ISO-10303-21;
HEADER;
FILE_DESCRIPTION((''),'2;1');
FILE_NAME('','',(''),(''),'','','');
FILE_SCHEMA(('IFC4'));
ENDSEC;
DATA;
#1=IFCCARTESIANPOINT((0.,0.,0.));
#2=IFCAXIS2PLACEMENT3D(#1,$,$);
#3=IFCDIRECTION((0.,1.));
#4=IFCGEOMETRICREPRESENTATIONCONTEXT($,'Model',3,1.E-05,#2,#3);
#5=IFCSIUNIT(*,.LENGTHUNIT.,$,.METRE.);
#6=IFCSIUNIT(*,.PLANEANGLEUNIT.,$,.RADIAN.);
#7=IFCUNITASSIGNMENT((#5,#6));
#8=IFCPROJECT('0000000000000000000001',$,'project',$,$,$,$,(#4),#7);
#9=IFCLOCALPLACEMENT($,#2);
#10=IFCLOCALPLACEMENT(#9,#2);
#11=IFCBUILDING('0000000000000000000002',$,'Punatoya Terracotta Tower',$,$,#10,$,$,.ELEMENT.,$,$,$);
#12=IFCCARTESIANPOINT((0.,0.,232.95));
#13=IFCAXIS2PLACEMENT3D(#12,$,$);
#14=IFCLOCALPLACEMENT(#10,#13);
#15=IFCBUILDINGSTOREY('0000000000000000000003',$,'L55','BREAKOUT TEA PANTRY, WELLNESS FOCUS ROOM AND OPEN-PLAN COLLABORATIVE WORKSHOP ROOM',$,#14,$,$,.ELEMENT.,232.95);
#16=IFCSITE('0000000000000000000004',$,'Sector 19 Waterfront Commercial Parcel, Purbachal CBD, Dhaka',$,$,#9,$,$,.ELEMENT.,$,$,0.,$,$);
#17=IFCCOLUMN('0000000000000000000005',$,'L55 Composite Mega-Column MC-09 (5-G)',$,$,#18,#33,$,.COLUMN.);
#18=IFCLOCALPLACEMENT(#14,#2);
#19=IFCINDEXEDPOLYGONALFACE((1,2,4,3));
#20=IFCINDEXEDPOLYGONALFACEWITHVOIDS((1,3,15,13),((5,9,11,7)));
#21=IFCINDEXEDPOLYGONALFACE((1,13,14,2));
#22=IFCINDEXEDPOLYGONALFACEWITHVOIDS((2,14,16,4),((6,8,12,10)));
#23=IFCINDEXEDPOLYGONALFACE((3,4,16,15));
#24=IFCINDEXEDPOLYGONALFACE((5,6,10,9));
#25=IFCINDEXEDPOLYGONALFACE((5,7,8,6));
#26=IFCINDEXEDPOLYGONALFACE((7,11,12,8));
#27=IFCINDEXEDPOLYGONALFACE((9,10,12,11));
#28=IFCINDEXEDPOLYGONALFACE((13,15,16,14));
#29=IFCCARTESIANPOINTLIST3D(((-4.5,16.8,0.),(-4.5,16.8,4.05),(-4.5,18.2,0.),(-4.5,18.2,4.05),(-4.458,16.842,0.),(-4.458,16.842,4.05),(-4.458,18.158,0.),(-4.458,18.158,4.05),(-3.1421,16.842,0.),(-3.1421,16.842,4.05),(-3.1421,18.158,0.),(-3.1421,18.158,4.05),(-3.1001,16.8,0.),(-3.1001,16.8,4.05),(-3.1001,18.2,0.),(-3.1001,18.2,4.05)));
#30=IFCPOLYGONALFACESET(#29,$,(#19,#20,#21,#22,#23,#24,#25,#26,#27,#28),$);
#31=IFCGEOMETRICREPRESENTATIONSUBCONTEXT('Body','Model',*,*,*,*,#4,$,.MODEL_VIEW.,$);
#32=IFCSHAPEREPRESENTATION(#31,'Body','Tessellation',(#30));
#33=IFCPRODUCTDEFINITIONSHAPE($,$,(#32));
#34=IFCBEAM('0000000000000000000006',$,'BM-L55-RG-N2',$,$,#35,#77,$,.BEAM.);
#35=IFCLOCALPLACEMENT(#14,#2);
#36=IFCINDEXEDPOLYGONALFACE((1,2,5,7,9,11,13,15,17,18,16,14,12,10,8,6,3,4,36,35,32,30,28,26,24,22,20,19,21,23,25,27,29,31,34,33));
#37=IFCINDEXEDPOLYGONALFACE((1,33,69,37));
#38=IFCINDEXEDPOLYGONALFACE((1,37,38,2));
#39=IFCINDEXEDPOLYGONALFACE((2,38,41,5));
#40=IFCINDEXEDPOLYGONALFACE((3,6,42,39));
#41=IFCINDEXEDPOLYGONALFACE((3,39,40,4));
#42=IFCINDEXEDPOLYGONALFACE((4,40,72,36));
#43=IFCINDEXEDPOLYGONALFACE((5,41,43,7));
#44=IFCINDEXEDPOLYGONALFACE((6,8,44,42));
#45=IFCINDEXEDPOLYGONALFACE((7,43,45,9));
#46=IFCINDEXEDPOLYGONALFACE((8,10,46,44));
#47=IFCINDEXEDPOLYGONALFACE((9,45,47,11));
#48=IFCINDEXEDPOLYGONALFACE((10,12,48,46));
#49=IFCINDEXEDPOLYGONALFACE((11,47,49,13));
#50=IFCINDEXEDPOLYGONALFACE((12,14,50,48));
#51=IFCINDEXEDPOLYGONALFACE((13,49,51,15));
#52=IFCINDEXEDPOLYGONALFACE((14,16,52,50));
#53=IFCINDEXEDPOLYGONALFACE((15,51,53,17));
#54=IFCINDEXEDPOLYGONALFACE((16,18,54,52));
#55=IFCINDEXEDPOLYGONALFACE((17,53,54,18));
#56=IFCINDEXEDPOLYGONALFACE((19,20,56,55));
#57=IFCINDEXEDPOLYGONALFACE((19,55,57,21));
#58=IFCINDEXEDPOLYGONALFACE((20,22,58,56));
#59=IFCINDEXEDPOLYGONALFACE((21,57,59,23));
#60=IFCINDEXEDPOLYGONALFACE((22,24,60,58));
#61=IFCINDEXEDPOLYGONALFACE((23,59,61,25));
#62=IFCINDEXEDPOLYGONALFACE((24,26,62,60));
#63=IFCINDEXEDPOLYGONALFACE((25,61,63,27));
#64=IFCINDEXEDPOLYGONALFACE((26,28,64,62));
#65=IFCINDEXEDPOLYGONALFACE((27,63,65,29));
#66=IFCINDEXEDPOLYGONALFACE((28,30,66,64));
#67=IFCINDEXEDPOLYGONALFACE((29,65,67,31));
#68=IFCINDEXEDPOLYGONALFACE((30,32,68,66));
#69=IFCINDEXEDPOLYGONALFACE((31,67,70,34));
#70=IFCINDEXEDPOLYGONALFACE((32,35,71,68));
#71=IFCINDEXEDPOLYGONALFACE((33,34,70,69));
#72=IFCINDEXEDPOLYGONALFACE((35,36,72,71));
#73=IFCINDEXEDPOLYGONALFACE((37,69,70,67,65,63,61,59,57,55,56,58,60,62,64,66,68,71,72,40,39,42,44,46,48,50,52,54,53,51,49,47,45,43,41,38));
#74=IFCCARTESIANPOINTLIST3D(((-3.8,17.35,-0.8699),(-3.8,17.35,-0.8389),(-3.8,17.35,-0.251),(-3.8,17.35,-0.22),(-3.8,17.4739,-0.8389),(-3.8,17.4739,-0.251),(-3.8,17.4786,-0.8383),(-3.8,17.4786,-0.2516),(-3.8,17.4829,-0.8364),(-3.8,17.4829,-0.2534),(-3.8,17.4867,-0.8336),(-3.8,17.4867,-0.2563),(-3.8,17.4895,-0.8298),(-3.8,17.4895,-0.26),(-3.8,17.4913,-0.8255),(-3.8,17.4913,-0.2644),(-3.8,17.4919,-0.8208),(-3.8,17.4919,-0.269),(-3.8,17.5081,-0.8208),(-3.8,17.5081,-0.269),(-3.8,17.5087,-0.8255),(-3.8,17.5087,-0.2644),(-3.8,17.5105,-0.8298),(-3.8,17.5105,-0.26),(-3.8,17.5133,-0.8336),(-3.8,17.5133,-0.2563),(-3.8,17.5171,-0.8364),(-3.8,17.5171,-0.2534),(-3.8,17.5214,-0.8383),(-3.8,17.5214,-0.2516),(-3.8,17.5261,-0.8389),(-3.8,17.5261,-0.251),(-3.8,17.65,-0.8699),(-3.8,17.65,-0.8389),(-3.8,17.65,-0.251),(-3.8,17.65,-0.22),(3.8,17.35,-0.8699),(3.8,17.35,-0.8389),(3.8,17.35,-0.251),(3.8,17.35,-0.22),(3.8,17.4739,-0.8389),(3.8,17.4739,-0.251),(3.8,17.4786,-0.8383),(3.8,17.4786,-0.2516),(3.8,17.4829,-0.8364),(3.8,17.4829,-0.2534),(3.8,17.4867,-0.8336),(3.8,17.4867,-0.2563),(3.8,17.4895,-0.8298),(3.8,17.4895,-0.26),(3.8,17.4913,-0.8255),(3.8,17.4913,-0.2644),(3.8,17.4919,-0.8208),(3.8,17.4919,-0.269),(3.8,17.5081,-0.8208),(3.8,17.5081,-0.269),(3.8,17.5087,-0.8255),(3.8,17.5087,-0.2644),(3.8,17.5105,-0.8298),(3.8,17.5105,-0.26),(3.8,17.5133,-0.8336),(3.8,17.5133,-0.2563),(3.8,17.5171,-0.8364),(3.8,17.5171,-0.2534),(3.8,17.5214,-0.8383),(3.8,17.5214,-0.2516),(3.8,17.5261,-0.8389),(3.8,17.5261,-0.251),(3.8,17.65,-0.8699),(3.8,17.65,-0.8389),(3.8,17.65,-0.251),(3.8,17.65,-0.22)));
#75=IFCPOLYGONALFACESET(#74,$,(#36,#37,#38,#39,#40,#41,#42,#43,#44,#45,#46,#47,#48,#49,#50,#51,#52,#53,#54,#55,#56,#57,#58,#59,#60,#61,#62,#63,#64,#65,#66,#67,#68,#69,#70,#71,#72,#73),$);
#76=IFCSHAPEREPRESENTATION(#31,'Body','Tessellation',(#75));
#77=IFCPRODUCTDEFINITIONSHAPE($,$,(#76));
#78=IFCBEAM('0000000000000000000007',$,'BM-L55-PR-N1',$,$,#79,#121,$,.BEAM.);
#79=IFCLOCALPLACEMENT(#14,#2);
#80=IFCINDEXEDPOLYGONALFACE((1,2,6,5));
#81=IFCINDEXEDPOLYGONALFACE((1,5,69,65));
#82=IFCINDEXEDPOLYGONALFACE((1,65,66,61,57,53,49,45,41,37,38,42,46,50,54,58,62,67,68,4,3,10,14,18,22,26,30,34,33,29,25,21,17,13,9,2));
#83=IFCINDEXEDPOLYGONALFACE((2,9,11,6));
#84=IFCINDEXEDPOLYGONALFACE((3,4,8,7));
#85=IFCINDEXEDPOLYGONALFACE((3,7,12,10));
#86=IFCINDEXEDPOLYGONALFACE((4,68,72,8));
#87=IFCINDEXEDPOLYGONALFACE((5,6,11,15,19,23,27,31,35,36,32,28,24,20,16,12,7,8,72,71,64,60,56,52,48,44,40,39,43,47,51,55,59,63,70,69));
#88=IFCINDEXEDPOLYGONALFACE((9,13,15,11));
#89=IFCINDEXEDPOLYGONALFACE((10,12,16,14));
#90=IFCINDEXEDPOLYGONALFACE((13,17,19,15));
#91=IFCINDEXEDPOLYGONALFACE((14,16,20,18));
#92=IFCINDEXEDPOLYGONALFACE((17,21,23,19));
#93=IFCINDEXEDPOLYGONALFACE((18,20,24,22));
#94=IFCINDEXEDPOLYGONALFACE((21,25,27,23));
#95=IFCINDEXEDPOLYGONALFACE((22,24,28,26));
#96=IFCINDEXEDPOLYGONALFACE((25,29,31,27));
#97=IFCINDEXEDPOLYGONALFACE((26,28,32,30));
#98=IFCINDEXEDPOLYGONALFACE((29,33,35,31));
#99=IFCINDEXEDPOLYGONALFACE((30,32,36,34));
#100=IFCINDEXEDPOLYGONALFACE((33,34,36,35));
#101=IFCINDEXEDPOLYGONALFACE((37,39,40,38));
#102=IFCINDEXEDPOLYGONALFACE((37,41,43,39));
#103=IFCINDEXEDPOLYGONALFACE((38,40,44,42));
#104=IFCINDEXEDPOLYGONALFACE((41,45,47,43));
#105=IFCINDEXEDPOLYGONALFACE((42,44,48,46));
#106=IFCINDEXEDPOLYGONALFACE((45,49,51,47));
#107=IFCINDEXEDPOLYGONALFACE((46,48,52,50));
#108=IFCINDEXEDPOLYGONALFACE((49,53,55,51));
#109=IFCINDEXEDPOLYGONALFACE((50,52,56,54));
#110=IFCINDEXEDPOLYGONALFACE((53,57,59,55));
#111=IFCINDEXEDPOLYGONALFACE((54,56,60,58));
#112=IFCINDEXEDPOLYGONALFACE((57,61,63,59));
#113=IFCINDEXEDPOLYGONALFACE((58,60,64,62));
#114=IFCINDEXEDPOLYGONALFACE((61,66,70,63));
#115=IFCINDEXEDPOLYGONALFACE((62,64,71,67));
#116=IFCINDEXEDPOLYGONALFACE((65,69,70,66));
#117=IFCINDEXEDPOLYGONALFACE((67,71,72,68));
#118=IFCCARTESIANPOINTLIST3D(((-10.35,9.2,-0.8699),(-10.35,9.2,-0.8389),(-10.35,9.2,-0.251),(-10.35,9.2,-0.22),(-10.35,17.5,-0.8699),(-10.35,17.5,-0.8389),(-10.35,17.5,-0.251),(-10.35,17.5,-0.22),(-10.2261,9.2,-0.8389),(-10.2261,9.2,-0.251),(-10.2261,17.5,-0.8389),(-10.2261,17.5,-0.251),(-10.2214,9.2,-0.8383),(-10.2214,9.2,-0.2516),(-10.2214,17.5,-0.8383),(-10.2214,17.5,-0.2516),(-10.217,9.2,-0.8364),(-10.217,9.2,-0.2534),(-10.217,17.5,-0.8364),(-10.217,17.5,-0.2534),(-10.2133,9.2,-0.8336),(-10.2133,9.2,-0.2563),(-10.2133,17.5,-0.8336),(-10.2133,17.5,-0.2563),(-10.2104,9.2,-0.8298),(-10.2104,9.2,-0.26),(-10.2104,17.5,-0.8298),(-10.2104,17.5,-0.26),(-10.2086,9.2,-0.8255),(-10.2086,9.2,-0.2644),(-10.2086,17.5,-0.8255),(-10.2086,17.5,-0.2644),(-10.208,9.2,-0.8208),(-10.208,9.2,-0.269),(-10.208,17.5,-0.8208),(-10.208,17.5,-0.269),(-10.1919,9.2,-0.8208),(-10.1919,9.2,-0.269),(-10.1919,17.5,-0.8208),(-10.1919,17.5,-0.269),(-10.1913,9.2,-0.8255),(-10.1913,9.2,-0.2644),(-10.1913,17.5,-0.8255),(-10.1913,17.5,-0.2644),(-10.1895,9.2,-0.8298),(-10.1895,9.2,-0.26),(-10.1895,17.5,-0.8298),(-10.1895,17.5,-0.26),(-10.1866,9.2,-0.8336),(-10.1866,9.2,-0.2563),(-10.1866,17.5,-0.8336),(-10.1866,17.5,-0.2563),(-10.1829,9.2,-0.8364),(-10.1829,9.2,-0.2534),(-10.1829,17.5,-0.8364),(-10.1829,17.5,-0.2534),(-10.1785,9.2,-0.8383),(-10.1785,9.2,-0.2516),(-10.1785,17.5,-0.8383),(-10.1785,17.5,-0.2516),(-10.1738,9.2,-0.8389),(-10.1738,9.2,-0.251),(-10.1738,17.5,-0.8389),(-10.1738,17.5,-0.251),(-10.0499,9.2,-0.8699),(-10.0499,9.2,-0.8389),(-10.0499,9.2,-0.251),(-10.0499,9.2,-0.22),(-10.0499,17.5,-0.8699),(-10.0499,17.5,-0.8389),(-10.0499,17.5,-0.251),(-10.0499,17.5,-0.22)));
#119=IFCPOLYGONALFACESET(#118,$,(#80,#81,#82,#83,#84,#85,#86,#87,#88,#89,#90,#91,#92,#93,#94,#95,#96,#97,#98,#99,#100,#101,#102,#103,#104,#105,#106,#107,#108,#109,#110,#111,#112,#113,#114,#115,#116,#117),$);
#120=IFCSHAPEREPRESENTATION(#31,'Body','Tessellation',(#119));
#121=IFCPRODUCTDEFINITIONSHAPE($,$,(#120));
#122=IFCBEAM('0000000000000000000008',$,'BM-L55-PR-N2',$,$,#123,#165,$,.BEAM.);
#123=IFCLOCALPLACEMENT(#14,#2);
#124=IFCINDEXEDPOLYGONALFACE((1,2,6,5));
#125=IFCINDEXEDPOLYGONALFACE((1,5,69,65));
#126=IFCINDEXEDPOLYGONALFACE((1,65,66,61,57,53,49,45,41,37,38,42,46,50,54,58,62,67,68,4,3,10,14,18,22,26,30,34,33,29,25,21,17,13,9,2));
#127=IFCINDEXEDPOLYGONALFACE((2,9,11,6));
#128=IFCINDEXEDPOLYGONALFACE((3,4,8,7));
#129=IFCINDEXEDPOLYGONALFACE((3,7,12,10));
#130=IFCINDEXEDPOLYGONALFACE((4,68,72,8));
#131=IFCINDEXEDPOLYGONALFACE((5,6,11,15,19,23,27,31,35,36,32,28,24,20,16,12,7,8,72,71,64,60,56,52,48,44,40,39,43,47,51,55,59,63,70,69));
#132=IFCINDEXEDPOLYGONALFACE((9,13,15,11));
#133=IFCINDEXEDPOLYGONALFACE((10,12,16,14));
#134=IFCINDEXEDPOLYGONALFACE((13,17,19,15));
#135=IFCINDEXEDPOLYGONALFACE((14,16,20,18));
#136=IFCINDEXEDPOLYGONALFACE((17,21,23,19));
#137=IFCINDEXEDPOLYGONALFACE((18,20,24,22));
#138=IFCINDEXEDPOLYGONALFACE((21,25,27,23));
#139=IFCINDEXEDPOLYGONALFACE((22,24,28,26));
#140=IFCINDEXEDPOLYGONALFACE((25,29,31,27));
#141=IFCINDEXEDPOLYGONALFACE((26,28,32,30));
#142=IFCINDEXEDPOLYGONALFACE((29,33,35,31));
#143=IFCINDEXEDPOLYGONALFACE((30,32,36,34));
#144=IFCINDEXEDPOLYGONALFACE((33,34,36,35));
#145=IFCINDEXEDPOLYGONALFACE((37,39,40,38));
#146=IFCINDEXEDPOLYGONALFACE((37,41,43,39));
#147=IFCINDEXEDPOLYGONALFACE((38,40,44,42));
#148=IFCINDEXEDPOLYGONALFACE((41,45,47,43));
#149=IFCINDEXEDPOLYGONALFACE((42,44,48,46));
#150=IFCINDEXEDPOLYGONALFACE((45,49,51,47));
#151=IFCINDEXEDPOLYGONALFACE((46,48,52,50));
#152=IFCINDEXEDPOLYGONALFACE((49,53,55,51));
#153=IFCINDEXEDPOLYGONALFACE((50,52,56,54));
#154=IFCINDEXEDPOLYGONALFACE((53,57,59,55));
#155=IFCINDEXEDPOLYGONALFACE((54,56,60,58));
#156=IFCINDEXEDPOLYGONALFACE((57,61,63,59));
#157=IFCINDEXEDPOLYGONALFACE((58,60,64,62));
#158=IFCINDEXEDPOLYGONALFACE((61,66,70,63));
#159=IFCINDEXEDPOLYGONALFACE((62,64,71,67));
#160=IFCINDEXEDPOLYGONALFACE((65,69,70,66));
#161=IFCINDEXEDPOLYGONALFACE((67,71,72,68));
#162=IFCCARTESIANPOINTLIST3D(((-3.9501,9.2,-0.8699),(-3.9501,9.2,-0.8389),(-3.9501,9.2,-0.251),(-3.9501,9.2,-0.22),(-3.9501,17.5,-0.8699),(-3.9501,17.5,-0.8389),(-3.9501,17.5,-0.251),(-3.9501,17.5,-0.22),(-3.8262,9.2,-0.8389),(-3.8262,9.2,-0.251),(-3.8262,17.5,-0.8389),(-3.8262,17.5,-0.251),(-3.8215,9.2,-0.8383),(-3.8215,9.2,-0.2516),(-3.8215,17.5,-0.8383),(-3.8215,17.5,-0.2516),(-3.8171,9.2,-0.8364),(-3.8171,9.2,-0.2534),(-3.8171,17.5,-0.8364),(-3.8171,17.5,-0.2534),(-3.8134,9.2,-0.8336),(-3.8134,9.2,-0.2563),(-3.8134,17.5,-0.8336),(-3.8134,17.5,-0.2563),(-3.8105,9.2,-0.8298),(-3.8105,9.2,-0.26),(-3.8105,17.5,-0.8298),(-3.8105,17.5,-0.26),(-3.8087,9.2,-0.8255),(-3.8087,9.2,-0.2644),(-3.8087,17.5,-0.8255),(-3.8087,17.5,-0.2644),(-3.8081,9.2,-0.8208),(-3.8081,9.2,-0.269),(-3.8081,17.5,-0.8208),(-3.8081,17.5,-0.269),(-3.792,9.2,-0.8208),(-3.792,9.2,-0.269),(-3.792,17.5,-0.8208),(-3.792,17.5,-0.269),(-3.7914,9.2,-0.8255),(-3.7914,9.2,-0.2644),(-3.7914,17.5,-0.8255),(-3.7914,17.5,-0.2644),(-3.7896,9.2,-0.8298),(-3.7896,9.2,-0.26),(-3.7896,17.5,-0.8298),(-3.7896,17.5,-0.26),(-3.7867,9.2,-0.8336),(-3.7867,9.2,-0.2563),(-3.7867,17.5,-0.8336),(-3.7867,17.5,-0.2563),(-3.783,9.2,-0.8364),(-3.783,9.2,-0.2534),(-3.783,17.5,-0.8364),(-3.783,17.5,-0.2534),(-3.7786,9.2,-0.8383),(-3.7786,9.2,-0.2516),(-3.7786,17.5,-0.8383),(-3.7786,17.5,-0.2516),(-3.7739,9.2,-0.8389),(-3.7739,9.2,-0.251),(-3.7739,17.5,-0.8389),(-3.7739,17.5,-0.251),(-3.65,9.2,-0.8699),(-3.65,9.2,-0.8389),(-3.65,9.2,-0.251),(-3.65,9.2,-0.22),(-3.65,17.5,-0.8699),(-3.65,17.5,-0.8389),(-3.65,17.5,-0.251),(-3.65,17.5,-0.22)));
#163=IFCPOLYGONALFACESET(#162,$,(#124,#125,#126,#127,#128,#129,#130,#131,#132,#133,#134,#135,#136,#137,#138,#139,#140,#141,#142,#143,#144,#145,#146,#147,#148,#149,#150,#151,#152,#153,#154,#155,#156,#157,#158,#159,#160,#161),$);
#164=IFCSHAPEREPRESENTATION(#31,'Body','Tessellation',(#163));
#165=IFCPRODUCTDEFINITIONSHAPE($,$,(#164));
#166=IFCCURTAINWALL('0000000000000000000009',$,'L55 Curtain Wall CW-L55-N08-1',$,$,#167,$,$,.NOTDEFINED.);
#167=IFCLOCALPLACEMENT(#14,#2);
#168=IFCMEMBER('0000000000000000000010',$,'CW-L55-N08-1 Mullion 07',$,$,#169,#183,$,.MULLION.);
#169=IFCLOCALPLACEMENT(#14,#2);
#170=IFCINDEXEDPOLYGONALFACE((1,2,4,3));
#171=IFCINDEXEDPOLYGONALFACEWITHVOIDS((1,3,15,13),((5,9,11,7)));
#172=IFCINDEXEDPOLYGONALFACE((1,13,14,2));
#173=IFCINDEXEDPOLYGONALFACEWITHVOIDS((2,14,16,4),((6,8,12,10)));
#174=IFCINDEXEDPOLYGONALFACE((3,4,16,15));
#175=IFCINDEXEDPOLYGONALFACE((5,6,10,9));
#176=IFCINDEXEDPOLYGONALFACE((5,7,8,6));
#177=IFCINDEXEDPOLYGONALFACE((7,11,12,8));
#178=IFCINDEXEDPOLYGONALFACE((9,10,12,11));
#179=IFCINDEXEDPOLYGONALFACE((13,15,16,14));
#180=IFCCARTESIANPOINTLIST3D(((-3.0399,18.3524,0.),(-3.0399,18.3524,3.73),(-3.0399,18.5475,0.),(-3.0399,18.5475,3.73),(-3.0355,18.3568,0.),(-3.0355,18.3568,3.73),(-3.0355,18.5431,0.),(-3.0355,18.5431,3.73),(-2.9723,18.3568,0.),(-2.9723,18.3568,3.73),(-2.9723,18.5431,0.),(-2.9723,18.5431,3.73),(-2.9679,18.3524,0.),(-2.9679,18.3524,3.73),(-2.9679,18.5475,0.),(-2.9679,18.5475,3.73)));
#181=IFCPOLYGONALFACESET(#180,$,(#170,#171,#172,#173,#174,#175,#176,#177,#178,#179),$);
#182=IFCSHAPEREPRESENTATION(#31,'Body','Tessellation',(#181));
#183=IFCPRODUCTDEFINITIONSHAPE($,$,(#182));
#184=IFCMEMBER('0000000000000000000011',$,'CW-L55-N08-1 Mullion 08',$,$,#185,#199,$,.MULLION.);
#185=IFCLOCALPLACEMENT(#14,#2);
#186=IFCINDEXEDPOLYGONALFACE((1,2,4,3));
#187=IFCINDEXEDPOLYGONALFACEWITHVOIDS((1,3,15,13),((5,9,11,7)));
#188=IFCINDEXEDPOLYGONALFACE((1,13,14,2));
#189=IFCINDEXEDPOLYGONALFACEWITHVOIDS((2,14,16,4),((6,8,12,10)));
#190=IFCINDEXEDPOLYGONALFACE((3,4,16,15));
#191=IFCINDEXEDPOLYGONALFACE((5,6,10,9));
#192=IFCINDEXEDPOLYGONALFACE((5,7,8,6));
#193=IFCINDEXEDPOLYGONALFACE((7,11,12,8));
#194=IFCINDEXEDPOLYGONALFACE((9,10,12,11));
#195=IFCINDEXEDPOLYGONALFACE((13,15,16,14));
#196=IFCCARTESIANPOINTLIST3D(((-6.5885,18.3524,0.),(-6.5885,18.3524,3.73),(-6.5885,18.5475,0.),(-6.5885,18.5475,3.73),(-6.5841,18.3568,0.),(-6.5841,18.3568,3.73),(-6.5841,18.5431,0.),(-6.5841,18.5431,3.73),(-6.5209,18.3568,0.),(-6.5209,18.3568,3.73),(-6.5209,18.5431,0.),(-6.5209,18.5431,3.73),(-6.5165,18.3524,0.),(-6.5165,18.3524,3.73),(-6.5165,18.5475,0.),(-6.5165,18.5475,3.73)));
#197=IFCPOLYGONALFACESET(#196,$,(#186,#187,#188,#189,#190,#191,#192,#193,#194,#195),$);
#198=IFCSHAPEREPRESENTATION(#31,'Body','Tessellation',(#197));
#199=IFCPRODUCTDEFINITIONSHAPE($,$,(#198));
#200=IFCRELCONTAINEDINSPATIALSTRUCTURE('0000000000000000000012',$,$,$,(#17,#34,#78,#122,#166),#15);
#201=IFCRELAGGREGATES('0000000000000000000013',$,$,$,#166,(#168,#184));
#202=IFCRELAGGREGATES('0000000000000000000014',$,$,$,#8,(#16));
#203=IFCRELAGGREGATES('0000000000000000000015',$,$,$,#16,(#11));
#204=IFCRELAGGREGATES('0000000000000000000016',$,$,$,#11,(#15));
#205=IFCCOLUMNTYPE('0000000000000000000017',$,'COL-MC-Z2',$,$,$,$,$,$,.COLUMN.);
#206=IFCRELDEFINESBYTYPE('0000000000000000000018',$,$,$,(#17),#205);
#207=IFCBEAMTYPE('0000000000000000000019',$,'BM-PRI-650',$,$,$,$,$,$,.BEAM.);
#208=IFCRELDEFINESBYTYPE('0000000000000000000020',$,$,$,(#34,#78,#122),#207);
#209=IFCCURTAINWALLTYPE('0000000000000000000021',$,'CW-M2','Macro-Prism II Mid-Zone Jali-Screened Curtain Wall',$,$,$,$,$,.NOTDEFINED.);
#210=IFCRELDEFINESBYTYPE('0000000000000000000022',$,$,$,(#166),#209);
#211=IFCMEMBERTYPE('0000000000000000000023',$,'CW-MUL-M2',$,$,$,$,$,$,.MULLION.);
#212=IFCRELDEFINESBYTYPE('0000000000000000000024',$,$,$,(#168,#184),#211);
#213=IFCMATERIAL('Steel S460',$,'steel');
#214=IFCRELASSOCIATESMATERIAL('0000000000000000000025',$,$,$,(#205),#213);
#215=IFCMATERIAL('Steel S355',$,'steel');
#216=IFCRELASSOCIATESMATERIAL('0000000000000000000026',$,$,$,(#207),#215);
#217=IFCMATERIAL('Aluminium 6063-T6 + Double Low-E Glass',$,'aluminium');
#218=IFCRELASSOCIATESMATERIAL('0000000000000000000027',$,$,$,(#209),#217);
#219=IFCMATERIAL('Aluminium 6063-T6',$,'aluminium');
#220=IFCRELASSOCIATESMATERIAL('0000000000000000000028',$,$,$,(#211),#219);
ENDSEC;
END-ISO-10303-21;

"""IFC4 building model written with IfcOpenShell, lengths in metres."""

from ifc_helpers import new_model, si_unit, direction, frame, origin, origin_2d, place, context, subcontext, project, spatial, hollow_rectangle, i_section, extrude, material, material_profile, profile_set, type_object, element, aggregate, save


model = new_model("IFC4")

# Units and contexts
model_context = context("Model", 3, precision=1e-05, world=origin(), true_north=direction((0.0, 1.0)))
body_context = subcontext(model_context, "Body", "Model", "MODEL_VIEW")
ifc_project = project(units=[si_unit("LENGTHUNIT", "METRE"), si_unit("PLANEANGLEUNIT", "RADIAN")], contexts=[model_context])

# Site, building, storey
site_placement = place(None, origin())
site = spatial("IfcSite", under=ifc_project, at=site_placement, Name="Sector 19 Waterfront Commercial Parcel, Purbachal CBD, Dhaka", CompositionType="ELEMENT", RefElevation=0.0)
building_placement = place(site_placement, origin())
building = spatial("IfcBuilding", under=site, at=building_placement, Name="Punatoya Terracotta Tower", CompositionType="ELEMENT")
storey_placement = place(building_placement, frame((0.0, 0.0, 232.95)))
storey = spatial("IfcBuildingStorey", under=building, at=storey_placement, Name="L55", Description="BREAKOUT TEA PANTRY, WELLNESS FOCUS ROOM AND OPEN-PLAN COLLABORATIVE WORKSHOP ROOM", CompositionType="ELEMENT", Elevation=232.95)

# Column
ifc_material_1 = material(Name="Steel S460", Category="steel")
ifc_material_profile_1 = material_profile(ifc_material_1, hollow_rectangle(XDim=1.3999, YDim=1.3999, WallThickness=0.042, at=origin_2d()))
ifc_profile_set_1 = profile_set([ifc_material_profile_1], Name="Steel S460")
column_type = type_object("IfcColumnType", Name="COL-MC-Z2", PredefinedType="COLUMN", material=ifc_profile_set_1)
column_placement = place(storey_placement, frame((-3.8, 17.5, 0.0), z_axis=(0.0, 0.0, 1.0), x_axis=(1.0, 0.0, 0.0)))
element("IfcColumn", 1, at=column_placement, inside=storey, type_object=column_type, Name="L55 Composite Mega-Column MC-09 (5-G)", PredefinedType="COLUMN", context=body_context, shape_type="SweptSolid", body=[
    extrude(hollow_rectangle(XDim=1.3999, YDim=1.3999, WallThickness=0.042, at=origin_2d()), origin(), (0.0, 0.0, 1.0), 4.05),
])

# Beams
ifc_material_2 = material(Name="Steel S355", Category="steel")
ifc_material_profile_2 = material_profile(ifc_material_2, i_section(OverallWidth=0.3, OverallDepth=0.6499, WebThickness=0.0161, FlangeThickness=0.031, FilletRadius=0.0181, at=origin_2d()))
ifc_profile_set_2 = profile_set([ifc_material_profile_2], Name="Steel S355")
beam_type = type_object("IfcBeamType", Name="BM-PRI-650", PredefinedType="BEAM", material=ifc_profile_set_2)
beam_placement = place(storey_placement, frame((-3.8, 17.5, -0.5449), z_axis=(1.0, 0.0, 0.0), x_axis=(0.0, 1.0, 0.0)))
element("IfcBeam", 2, at=beam_placement, inside=storey, type_object=beam_type, Name="BM-L55-RG-N2", PredefinedType="BEAM", context=body_context, shape_type="SweptSolid", body=[
    extrude(i_section(OverallWidth=0.3, OverallDepth=0.6499, WebThickness=0.0161, FlangeThickness=0.031, FilletRadius=0.0181, at=origin_2d()), origin(), (0.0, 0.0, 1.0), 7.6001),
])
for number, where, z_axis, x_axis, name in (
    (3, (-10.2, 9.2, -0.5449), (0.0, 1.0, 0.0), (-1.0, 0.0, 0.0), "BM-L55-PR-N1"),
    (4, (-3.8, 9.2, -0.5449), (0.0, 1.0, 0.0), (-1.0, 0.0, 0.0), "BM-L55-PR-N2"),
):
    element("IfcBeam", number, at=place(storey_placement, frame(where, z_axis=z_axis, x_axis=x_axis)), inside=storey, type_object=beam_type, Name=name, PredefinedType="BEAM", context=body_context, shape_type="SweptSolid", body=[
        extrude(i_section(OverallWidth=0.3, OverallDepth=0.6499, WebThickness=0.0161, FlangeThickness=0.031, FilletRadius=0.0181, at=origin_2d()), origin(), (0.0, 0.0, 1.0), 8.3),
    ])

# Curtain wall, members
ifc_material_3 = material(Name="Aluminium 6063-T6 + Double Low-E Glass", Category="aluminium")
curtain_wall_type = type_object("IfcCurtainWallType", Name="CW-M2", Description="Macro-Prism II Mid-Zone Jali-Screened Curtain Wall", PredefinedType="NOTDEFINED", material=ifc_material_3)
curtain_wall_placement = place(storey_placement, origin())
curtain_wall = element("IfcCurtainWall", 5, at=curtain_wall_placement, inside=storey, type_object=curtain_wall_type, Name="L55 Curtain Wall CW-L55-N08-1", PredefinedType="NOTDEFINED")
ifc_material_4 = material(Name="Aluminium 6063-T6", Category="aluminium")
ifc_material_profile_3 = material_profile(ifc_material_4, hollow_rectangle(XDim=0.072, YDim=0.1951, WallThickness=0.0044, at=origin_2d()))
ifc_profile_set_3 = profile_set([ifc_material_profile_3], Name="Aluminium 6063-T6")
member_type = type_object("IfcMemberType", Name="CW-MUL-M2", PredefinedType="MULLION", material=ifc_profile_set_3)
member_1_placement = place(storey_placement, frame((-3.0039, 18.45, 0.0), z_axis=(0.0, 0.0, 1.0), x_axis=(1.0, 0.0, 0.0)))
member_1 = element("IfcMember", 6, at=member_1_placement, type_object=member_type, Name="CW-L55-N08-1 Mullion 07", PredefinedType="MULLION", context=body_context, shape_type="SweptSolid", body=[
    extrude(hollow_rectangle(XDim=0.072, YDim=0.1951, WallThickness=0.0044, at=origin_2d()), origin(), (0.0, 0.0, 1.0), 3.73),
])
member_2_placement = place(storey_placement, frame((-6.5525, 18.45, 0.0), z_axis=(0.0, 0.0, 1.0), x_axis=(1.0, 0.0, 0.0)))
member_2 = element("IfcMember", 7, at=member_2_placement, type_object=member_type, Name="CW-L55-N08-1 Mullion 08", PredefinedType="MULLION", context=body_context, shape_type="SweptSolid", body=[
    extrude(hollow_rectangle(XDim=0.072, YDim=0.1951, WallThickness=0.0044, at=origin_2d()), origin(), (0.0, 0.0, 1.0), 3.73),
])
aggregate(curtain_wall, [member_1, member_2])

save(model, "model.ifc")
